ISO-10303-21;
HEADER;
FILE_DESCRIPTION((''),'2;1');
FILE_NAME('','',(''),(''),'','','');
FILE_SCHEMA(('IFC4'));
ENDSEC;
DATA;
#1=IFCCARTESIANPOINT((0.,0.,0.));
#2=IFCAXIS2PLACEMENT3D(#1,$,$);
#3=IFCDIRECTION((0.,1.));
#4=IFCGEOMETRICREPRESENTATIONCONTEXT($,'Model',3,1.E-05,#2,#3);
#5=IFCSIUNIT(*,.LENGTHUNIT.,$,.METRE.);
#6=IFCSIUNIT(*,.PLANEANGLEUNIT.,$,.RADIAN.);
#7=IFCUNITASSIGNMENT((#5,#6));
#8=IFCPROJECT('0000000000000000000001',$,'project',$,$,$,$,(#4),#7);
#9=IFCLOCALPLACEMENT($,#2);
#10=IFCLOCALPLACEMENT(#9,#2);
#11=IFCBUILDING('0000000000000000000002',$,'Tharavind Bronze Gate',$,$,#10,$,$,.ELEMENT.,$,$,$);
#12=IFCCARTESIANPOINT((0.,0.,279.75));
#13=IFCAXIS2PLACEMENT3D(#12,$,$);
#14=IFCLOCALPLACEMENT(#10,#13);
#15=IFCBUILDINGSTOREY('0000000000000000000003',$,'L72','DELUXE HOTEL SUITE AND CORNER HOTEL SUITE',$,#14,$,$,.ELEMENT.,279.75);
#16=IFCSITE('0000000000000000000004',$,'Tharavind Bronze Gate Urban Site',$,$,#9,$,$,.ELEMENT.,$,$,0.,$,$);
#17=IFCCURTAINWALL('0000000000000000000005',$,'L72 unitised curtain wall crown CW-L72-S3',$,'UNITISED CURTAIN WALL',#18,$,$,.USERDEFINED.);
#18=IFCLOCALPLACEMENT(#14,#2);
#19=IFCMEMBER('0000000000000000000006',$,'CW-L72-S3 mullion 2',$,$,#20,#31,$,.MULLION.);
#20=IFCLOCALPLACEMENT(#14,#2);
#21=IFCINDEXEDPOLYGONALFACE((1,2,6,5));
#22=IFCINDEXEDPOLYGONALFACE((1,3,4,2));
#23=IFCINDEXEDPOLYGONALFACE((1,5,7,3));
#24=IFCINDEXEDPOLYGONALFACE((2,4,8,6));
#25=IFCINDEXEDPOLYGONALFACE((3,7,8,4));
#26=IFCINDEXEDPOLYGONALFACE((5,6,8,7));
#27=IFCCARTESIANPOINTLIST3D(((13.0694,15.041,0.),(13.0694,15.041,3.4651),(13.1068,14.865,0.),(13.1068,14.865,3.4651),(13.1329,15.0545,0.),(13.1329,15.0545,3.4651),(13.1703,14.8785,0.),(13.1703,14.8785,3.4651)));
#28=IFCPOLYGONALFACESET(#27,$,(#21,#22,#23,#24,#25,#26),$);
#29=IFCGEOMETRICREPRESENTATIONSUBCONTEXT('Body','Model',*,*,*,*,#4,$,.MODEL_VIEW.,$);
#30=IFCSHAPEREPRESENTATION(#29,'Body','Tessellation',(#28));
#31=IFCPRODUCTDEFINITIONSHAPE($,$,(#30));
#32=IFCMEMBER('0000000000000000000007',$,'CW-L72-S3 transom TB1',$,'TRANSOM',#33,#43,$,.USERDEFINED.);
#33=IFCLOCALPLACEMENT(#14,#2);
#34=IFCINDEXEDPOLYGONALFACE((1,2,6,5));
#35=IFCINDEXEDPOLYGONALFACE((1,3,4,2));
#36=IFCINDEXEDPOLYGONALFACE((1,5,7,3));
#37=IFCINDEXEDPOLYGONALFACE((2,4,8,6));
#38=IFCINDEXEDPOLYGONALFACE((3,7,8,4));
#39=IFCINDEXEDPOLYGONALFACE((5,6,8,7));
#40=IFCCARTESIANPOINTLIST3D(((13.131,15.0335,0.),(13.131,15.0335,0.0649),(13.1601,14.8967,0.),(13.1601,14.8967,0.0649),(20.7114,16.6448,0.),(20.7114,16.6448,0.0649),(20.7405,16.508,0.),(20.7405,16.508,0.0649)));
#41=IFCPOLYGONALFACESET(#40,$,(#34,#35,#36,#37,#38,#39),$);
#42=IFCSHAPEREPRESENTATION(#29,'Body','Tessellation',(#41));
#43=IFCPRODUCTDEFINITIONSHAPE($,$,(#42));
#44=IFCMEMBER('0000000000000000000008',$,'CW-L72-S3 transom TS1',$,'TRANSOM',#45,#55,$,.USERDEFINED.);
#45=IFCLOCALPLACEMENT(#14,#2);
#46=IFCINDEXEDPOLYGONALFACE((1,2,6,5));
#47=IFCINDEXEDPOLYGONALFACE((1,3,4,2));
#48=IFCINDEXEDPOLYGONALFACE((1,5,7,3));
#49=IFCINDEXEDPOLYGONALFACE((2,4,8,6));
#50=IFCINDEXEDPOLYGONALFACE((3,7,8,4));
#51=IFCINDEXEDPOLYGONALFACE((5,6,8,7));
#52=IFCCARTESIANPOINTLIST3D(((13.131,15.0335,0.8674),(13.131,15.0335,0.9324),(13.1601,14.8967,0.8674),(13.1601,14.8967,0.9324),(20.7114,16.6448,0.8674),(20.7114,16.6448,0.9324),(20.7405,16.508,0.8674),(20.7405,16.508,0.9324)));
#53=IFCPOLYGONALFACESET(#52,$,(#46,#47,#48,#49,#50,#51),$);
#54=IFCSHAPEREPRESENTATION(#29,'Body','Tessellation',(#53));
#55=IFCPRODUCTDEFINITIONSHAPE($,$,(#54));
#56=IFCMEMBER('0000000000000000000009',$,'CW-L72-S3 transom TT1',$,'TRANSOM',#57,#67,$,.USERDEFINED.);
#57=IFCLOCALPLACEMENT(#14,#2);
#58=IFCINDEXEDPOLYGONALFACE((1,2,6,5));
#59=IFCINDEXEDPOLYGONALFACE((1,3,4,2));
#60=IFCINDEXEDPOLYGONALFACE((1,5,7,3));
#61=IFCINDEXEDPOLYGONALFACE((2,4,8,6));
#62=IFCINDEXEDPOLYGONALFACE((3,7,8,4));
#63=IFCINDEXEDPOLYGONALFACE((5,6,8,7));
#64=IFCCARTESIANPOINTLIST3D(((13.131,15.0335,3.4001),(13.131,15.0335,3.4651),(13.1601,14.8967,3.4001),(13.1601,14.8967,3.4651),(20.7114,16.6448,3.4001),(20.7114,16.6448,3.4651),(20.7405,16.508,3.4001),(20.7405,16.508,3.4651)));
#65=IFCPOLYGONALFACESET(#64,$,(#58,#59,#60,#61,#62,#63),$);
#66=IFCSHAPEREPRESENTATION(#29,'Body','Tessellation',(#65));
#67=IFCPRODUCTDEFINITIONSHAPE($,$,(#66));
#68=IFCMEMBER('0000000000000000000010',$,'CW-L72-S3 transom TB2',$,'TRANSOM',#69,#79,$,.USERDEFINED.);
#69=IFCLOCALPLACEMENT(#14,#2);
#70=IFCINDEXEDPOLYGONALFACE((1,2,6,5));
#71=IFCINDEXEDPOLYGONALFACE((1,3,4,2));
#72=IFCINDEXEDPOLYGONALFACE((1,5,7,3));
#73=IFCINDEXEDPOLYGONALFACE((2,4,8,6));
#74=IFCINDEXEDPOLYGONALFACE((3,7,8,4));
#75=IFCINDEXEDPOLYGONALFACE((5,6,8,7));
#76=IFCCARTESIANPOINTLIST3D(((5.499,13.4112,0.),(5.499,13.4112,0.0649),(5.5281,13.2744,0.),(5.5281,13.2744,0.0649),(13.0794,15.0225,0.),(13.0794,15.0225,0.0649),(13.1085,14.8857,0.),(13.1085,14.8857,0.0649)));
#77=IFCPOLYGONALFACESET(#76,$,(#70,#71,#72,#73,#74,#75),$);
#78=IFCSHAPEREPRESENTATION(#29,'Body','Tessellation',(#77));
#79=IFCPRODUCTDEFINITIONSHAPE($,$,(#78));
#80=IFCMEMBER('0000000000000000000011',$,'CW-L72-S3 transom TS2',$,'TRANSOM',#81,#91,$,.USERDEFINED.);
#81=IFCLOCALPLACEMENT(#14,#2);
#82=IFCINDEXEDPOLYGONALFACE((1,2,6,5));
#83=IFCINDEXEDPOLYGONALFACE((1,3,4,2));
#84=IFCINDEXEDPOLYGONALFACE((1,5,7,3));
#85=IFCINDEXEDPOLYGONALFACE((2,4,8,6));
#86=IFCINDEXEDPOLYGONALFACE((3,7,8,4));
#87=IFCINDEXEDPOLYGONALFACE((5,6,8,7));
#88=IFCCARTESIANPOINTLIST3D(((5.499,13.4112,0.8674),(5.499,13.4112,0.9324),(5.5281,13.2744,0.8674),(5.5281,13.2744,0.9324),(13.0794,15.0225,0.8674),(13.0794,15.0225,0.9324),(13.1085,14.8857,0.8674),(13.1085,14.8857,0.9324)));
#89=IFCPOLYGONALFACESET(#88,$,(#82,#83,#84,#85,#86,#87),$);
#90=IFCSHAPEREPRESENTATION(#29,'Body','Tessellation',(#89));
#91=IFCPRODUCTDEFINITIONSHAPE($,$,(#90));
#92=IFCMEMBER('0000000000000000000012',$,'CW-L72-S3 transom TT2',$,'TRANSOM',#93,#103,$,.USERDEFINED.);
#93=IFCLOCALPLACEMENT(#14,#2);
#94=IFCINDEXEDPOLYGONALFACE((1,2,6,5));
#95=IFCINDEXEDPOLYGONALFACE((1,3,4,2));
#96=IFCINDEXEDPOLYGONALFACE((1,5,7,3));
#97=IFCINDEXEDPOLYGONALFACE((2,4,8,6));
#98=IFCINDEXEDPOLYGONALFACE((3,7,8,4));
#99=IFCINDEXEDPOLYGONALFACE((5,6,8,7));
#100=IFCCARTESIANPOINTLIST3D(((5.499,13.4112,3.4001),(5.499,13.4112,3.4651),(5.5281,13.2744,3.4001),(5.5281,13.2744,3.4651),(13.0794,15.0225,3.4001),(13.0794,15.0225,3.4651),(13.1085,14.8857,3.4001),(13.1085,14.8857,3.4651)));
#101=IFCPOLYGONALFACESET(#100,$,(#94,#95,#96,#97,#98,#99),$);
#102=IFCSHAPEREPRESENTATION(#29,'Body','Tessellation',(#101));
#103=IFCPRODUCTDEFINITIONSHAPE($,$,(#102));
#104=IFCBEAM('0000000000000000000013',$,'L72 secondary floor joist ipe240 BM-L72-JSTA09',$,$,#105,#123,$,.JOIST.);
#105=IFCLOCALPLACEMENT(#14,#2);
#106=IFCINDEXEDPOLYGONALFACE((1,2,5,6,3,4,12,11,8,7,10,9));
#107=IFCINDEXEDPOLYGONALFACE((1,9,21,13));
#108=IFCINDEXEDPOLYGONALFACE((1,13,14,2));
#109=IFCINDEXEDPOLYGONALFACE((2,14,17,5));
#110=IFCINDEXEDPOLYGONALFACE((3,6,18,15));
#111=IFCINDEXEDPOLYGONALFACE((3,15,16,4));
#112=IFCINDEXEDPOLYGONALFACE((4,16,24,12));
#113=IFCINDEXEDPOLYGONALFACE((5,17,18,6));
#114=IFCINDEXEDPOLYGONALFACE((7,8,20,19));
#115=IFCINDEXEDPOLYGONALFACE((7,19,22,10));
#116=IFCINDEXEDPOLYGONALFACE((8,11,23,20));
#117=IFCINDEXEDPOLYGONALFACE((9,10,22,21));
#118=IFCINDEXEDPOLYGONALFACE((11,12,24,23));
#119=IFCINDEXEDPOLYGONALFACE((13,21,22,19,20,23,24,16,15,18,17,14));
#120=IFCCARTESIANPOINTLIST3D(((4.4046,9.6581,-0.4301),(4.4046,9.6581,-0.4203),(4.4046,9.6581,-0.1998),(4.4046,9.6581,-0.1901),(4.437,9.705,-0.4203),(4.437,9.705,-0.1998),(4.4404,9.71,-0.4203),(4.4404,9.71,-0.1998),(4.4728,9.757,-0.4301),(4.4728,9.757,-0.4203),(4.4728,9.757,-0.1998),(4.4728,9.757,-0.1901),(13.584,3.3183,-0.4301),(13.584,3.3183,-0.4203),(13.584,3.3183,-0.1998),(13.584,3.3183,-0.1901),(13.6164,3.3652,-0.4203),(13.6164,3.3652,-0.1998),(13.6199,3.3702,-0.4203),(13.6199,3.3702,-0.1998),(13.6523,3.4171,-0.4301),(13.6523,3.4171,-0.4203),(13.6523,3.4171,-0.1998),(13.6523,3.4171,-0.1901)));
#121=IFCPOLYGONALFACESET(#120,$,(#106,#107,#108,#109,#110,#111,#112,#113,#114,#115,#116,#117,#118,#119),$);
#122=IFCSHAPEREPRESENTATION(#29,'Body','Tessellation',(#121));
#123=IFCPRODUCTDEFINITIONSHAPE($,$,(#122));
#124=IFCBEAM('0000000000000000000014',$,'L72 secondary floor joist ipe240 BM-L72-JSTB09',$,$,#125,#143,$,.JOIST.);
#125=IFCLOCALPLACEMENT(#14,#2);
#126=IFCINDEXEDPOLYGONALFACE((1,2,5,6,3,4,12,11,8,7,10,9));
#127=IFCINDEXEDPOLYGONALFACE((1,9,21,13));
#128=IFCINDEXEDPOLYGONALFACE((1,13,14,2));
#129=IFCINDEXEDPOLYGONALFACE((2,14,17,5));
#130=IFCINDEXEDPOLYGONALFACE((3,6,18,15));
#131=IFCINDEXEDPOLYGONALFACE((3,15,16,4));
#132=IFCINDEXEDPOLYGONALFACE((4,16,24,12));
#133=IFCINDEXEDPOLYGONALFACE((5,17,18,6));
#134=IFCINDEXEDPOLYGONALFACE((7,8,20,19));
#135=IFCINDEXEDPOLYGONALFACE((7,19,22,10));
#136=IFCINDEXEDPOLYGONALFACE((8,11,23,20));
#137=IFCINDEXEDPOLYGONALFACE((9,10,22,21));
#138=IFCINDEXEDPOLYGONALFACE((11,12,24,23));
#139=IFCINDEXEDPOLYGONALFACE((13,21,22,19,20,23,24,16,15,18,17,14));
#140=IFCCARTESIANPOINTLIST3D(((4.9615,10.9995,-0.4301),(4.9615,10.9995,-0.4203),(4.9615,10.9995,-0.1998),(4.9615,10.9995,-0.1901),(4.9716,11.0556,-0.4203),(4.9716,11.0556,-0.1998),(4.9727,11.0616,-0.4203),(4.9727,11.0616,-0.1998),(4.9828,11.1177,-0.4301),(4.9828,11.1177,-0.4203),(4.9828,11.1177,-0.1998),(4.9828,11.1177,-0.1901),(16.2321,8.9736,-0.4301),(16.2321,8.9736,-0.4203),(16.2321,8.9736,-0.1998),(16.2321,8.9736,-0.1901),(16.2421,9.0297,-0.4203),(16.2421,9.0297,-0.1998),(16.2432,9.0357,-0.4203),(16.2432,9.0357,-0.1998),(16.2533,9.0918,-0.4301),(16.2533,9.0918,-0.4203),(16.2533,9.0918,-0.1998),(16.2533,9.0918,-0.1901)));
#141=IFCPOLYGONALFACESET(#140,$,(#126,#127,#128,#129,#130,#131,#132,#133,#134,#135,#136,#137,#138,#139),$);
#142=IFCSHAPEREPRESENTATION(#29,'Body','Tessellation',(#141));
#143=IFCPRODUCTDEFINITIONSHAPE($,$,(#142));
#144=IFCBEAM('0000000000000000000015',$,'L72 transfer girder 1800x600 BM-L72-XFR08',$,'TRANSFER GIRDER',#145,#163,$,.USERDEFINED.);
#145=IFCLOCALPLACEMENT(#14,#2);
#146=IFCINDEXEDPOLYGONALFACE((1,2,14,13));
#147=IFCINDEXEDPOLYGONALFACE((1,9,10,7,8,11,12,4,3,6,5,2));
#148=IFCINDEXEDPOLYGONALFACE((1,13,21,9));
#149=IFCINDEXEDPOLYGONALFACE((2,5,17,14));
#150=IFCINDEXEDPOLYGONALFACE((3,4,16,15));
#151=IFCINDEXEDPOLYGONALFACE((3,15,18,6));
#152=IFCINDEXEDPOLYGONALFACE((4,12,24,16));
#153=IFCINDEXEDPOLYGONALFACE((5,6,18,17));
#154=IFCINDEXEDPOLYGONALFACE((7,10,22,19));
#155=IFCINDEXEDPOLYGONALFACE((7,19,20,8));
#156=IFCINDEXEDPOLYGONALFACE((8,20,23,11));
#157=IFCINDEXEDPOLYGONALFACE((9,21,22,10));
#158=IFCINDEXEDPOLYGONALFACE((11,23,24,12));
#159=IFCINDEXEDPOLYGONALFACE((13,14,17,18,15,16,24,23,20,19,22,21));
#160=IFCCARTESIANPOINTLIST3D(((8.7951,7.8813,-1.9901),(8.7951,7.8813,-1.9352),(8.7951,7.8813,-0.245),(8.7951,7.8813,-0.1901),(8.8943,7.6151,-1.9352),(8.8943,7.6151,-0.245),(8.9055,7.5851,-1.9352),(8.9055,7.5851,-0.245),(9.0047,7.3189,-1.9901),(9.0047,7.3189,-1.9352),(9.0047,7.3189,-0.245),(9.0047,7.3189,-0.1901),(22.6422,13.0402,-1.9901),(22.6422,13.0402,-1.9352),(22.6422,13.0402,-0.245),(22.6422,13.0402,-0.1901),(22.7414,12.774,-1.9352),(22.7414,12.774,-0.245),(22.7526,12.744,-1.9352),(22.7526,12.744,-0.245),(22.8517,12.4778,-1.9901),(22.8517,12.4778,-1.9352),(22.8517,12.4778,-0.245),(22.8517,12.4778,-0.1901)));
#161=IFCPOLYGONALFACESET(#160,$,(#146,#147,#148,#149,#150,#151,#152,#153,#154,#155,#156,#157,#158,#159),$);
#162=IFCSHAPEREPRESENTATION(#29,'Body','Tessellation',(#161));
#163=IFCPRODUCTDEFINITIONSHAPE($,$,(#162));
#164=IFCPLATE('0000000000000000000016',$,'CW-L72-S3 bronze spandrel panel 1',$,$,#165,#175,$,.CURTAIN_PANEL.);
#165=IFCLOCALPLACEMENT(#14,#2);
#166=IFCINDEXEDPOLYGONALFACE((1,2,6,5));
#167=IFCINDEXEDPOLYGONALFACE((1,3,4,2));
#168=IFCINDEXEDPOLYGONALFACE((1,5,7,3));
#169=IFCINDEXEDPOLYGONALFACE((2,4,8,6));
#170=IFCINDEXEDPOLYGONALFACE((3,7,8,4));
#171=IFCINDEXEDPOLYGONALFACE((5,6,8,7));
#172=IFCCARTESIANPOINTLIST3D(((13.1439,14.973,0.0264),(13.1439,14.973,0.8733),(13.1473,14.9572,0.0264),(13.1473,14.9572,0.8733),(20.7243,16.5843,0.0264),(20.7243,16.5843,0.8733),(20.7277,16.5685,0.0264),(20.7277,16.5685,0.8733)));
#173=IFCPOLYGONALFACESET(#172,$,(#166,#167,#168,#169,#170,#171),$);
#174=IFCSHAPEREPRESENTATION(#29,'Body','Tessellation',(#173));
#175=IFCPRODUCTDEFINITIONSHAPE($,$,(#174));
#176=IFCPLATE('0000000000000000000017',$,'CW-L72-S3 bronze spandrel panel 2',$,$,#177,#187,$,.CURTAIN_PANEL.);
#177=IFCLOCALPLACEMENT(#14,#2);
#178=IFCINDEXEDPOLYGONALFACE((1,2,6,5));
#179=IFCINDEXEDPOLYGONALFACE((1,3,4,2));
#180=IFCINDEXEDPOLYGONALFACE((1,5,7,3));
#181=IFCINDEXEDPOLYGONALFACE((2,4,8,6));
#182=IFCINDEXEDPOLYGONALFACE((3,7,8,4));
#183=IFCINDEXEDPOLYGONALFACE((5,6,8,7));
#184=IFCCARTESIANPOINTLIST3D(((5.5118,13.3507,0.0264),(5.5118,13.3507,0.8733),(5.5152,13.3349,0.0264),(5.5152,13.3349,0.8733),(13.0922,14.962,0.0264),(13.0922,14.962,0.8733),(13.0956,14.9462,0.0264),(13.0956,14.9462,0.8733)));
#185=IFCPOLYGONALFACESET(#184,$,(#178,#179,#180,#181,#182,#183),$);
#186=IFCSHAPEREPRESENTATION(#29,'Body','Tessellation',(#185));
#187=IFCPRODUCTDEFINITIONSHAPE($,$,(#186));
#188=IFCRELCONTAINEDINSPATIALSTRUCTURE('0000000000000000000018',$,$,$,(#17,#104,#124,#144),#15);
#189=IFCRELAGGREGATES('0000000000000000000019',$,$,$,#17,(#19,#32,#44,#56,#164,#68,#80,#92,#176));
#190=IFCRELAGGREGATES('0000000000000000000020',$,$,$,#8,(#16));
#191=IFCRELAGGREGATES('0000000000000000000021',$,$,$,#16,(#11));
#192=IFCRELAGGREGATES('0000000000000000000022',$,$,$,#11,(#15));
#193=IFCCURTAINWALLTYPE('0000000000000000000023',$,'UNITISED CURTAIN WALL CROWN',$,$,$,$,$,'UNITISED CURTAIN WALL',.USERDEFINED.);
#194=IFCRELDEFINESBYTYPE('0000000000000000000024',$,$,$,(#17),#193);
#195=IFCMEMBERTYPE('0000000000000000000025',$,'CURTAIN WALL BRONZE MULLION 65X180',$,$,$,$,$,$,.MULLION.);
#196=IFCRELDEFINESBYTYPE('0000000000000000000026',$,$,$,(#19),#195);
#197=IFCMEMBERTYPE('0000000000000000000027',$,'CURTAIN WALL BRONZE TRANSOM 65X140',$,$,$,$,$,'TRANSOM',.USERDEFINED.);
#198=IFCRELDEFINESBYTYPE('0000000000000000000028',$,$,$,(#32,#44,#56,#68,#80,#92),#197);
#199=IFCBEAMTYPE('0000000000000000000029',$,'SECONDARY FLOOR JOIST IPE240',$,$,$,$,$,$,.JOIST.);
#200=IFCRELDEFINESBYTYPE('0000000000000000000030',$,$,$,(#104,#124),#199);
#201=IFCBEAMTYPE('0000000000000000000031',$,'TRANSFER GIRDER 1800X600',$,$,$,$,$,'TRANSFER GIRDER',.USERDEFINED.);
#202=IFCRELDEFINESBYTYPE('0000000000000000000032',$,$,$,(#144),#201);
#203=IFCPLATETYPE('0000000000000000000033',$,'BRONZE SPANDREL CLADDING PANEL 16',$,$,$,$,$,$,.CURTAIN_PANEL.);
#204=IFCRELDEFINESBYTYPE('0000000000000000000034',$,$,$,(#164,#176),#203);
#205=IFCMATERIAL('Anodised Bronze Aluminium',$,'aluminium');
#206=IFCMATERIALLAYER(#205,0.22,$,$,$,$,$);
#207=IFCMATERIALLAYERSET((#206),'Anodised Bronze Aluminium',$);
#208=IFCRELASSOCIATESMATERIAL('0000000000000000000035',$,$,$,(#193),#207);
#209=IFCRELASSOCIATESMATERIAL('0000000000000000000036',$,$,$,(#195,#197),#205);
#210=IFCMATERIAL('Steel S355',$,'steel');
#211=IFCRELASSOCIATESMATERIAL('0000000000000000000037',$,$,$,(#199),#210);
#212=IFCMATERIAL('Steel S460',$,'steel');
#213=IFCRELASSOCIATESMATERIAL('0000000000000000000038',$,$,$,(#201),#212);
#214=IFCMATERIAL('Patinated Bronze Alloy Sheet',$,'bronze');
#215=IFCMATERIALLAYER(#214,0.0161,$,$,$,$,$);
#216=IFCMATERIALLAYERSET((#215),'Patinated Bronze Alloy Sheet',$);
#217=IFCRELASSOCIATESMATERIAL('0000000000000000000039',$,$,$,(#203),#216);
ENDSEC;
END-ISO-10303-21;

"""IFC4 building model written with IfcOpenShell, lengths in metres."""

from ifc_helpers import new_model, si_unit, direction, frame, origin, origin_2d, place, context, subcontext, project, spatial, rectangle, i_section, extrude, material, layer, layer_set, material_profile, profile_set, type_object, element, aggregate, save


model = new_model("IFC4")

# Units and contexts
model_context = context("Model", 3, precision=1e-05, world=origin(), true_north=direction((0.0, 1.0)))
body_context = subcontext(model_context, "Body", "Model", "MODEL_VIEW")
ifc_project = project(units=[si_unit("LENGTHUNIT", "METRE"), si_unit("PLANEANGLEUNIT", "RADIAN")], contexts=[model_context])

# Site, building, storey
site_placement = place(None, origin())
site = spatial("IfcSite", under=ifc_project, at=site_placement, Name="Tharavind Bronze Gate Urban Site", CompositionType="ELEMENT", RefElevation=0.0)
building_placement = place(site_placement, origin())
building = spatial("IfcBuilding", under=site, at=building_placement, Name="Tharavind Bronze Gate", CompositionType="ELEMENT")
storey_placement = place(building_placement, frame((0.0, 0.0, 279.75)))
storey = spatial("IfcBuildingStorey", under=building, at=storey_placement, Name="L72", Description="DELUXE HOTEL SUITE AND CORNER HOTEL SUITE", CompositionType="ELEMENT", Elevation=279.75)

# Curtain wall, members
ifc_material_1 = material(Name="Anodised Bronze Aluminium", Category="aluminium")
ifc_layer_1 = layer(ifc_material_1, 0.22)
ifc_layer_set_1 = layer_set([ifc_layer_1], Name="Anodised Bronze Aluminium")
curtain_wall_type = type_object("IfcCurtainWallType", Name="UNITISED CURTAIN WALL CROWN", ElementType="UNITISED CURTAIN WALL", PredefinedType="USERDEFINED", material=ifc_layer_set_1)
curtain_wall_placement = place(storey_placement, origin())
curtain_wall = element("IfcCurtainWall", 1, at=curtain_wall_placement, inside=storey, type_object=curtain_wall_type, Name="L72 unitised curtain wall crown CW-L72-S3", ObjectType="UNITISED CURTAIN WALL", PredefinedType="USERDEFINED")
member_type_1 = type_object("IfcMemberType", Name="CURTAIN WALL BRONZE MULLION 65X180", PredefinedType="MULLION", material=ifc_material_1)
member_1_placement = place(storey_placement, frame((13.1199, 14.9597, 0.0), z_axis=(0.0, 0.0, 1.0), x_axis=(-0.978147, -0.207913, 0.0)))
member_1 = element("IfcMember", 2, at=member_1_placement, type_object=member_type_1, Name="CW-L72-S3 mullion 2", PredefinedType="MULLION", context=body_context, shape_type="SweptSolid", body=[
    extrude(rectangle(XDim=0.0649, YDim=0.1799, at=origin_2d()), origin(), (0.0, 0.0, 1.0), 3.4651),
])
member_type_2 = type_object("IfcMemberType", Name="CURTAIN WALL BRONZE TRANSOM 65X140", ElementType="TRANSOM", PredefinedType="USERDEFINED", material=ifc_material_1)
member_2_placement = place(storey_placement, frame((16.9358, 15.7708, 0.0), z_axis=(0.0, 0.0, 1.0), x_axis=(-0.978147, -0.207913, 0.0)))
member_2 = element("IfcMember", 3, at=member_2_placement, type_object=member_type_2, Name="CW-L72-S3 transom TB1", ObjectType="TRANSOM", PredefinedType="USERDEFINED", context=body_context, shape_type="SweptSolid", body=[
    extrude(rectangle(XDim=7.7498, YDim=0.1399, at=origin_2d()), origin(), (0.0, 0.0, 1.0), 0.0649),
])
member_3_placement = place(storey_placement, frame((16.9358, 15.7708, 0.8674), z_axis=(0.0, 0.0, 1.0), x_axis=(-0.978147, -0.207913, 0.0)))
member_3 = element("IfcMember", 4, at=member_3_placement, type_object=member_type_2, Name="CW-L72-S3 transom TS1", ObjectType="TRANSOM", PredefinedType="USERDEFINED", context=body_context, shape_type="SweptSolid", body=[
    extrude(rectangle(XDim=7.7498, YDim=0.1399, at=origin_2d()), origin(), (0.0, 0.0, 1.0), 0.0649),
])
member_4_placement = place(storey_placement, frame((16.9358, 15.7708, 3.4001), z_axis=(0.0, 0.0, 1.0), x_axis=(-0.978147, -0.207913, 0.0)))
member_4 = element("IfcMember", 5, at=member_4_placement, type_object=member_type_2, Name="CW-L72-S3 transom TT1", ObjectType="TRANSOM", PredefinedType="USERDEFINED", context=body_context, shape_type="SweptSolid", body=[
    extrude(rectangle(XDim=7.7498, YDim=0.1399, at=origin_2d()), origin(), (0.0, 0.0, 1.0), 0.0649),
])
member_5_placement = place(storey_placement, frame((9.3037, 14.1484, 0.0), z_axis=(0.0, 0.0, 1.0), x_axis=(-0.978147, -0.207913, 0.0)))
member_5 = element("IfcMember", 6, at=member_5_placement, type_object=member_type_2, Name="CW-L72-S3 transom TB2", ObjectType="TRANSOM", PredefinedType="USERDEFINED", context=body_context, shape_type="SweptSolid", body=[
    extrude(rectangle(XDim=7.7498, YDim=0.1399, at=origin_2d()), origin(), (0.0, 0.0, 1.0), 0.0649),
])
member_6_placement = place(storey_placement, frame((9.3037, 14.1484, 0.8674), z_axis=(0.0, 0.0, 1.0), x_axis=(-0.978147, -0.207913, 0.0)))
member_6 = element("IfcMember", 7, at=member_6_placement, type_object=member_type_2, Name="CW-L72-S3 transom TS2", ObjectType="TRANSOM", PredefinedType="USERDEFINED", context=body_context, shape_type="SweptSolid", body=[
    extrude(rectangle(XDim=7.7498, YDim=0.1399, at=origin_2d()), origin(), (0.0, 0.0, 1.0), 0.0649),
])
member_7_placement = place(storey_placement, frame((9.3037, 14.1484, 3.4001), z_axis=(0.0, 0.0, 1.0), x_axis=(-0.978147, -0.207913, 0.0)))
member_7 = element("IfcMember", 8, at=member_7_placement, type_object=member_type_2, Name="CW-L72-S3 transom TT2", ObjectType="TRANSOM", PredefinedType="USERDEFINED", context=body_context, shape_type="SweptSolid", body=[
    extrude(rectangle(XDim=7.7498, YDim=0.1399, at=origin_2d()), origin(), (0.0, 0.0, 1.0), 0.0649),
])

# Beams
ifc_material_2 = material(Name="Steel S355", Category="steel")
ifc_material_profile_1 = material_profile(ifc_material_2, i_section(OverallWidth=0.1201, OverallDepth=0.24, WebThickness=0.0061, FlangeThickness=0.0098, at=origin_2d()), Name="IPE240")
ifc_profile_set_1 = profile_set([ifc_material_profile_1], Name="Steel S355")
beam_type_1 = type_object("IfcBeamType", Name="SECONDARY FLOOR JOIST IPE240", PredefinedType="JOIST", material=ifc_profile_set_1)
beam_1_placement = place(storey_placement, frame((13.6182, 3.3677, -0.3101), z_axis=(-0.822827, 0.568291, 0.0), x_axis=(-0.568291, -0.822827, 0.0)))
element("IfcBeam", 9, at=beam_1_placement, inside=storey, type_object=beam_type_1, Name="L72 secondary floor joist ipe240 BM-L72-JSTA09", PredefinedType="JOIST", context=body_context, shape_type="SweptSolid", body=[
    extrude(i_section(OverallWidth=0.1201, OverallDepth=0.24, WebThickness=0.0061, FlangeThickness=0.0098, at=origin_2d()), origin(), (0.0, 0.0, 1.0), 11.156),
])
beam_2_placement = place(storey_placement, frame((16.2427, 9.0327, -0.3101), z_axis=(-0.984226, 0.176915, 0.0), x_axis=(-0.176915, -0.984226, 0.0)))
element("IfcBeam", 10, at=beam_2_placement, inside=storey, type_object=beam_type_1, Name="L72 secondary floor joist ipe240 BM-L72-JSTB09", PredefinedType="JOIST", context=body_context, shape_type="SweptSolid", body=[
    extrude(i_section(OverallWidth=0.1201, OverallDepth=0.24, WebThickness=0.0061, FlangeThickness=0.0098, at=origin_2d()), origin(), (0.0, 0.0, 1.0), 11.4512),
])
ifc_material_3 = material(Name="Steel S460", Category="steel")
ifc_material_profile_2 = material_profile(ifc_material_3, i_section(OverallWidth=0.6001, OverallDepth=1.8, WebThickness=0.032, FlangeThickness=0.0549, at=origin_2d()), Name="PG1800X600")
ifc_profile_set_2 = profile_set([ifc_material_profile_2], Name="Steel S460")
beam_type_2 = type_object("IfcBeamType", Name="TRANSFER GIRDER 1800X600", ElementType="TRANSFER GIRDER", PredefinedType="USERDEFINED", material=ifc_profile_set_2)
beam_3_placement = place(storey_placement, frame((8.8999, 7.6001, -1.0901), z_axis=(0.937078, 0.34912, 0.0), x_axis=(-0.34912, 0.937078, 0.0)))
element("IfcBeam", 11, at=beam_3_placement, inside=storey, type_object=beam_type_2, Name="L72 transfer girder 1800x600 BM-L72-XFR08", ObjectType="TRANSFER GIRDER", PredefinedType="USERDEFINED", context=body_context, shape_type="SweptSolid", body=[
    extrude(i_section(OverallWidth=0.6001, OverallDepth=1.8, WebThickness=0.032, FlangeThickness=0.0549, at=origin_2d()), origin(), (0.0, 0.0, 1.0), 14.7769),
])

# Plates
ifc_material_4 = material(Name="Patinated Bronze Alloy Sheet", Category="bronze")
ifc_layer_2 = layer(ifc_material_4, 0.0161)
ifc_layer_set_2 = layer_set([ifc_layer_2], Name="Patinated Bronze Alloy Sheet")
plate_type_1 = type_object("IfcPlateType", Name="BRONZE SPANDREL CLADDING PANEL 16", PredefinedType="CURTAIN_PANEL", material=ifc_layer_set_2)
plate_1_placement = place(storey_placement, frame((16.9358, 15.7708, 0.0264), z_axis=(0.0, 0.0, 1.0), x_axis=(-0.978147, -0.207913, 0.0)))
plate_1 = element("IfcPlate", 12, at=plate_1_placement, type_object=plate_type_1, Name="CW-L72-S3 bronze spandrel panel 1", PredefinedType="CURTAIN_PANEL", context=body_context, shape_type="SweptSolid", body=[
    extrude(rectangle(XDim=7.7498, YDim=0.0161, at=origin_2d()), origin(), (0.0, 0.0, 1.0), 0.8469),
])
plate_2_placement = place(storey_placement, frame((9.3037, 14.1484, 0.0264), z_axis=(0.0, 0.0, 1.0), x_axis=(-0.978147, -0.207913, 0.0)))
plate_2 = element("IfcPlate", 13, at=plate_2_placement, type_object=plate_type_1, Name="CW-L72-S3 bronze spandrel panel 2", PredefinedType="CURTAIN_PANEL", context=body_context, shape_type="SweptSolid", body=[
    extrude(rectangle(XDim=7.7498, YDim=0.0161, at=origin_2d()), origin(), (0.0, 0.0, 1.0), 0.8469),
])
aggregate(curtain_wall, [member_1, member_2, member_3, member_4, plate_1, member_5, member_6, member_7, plate_2])

save(model, "model.ifc")
